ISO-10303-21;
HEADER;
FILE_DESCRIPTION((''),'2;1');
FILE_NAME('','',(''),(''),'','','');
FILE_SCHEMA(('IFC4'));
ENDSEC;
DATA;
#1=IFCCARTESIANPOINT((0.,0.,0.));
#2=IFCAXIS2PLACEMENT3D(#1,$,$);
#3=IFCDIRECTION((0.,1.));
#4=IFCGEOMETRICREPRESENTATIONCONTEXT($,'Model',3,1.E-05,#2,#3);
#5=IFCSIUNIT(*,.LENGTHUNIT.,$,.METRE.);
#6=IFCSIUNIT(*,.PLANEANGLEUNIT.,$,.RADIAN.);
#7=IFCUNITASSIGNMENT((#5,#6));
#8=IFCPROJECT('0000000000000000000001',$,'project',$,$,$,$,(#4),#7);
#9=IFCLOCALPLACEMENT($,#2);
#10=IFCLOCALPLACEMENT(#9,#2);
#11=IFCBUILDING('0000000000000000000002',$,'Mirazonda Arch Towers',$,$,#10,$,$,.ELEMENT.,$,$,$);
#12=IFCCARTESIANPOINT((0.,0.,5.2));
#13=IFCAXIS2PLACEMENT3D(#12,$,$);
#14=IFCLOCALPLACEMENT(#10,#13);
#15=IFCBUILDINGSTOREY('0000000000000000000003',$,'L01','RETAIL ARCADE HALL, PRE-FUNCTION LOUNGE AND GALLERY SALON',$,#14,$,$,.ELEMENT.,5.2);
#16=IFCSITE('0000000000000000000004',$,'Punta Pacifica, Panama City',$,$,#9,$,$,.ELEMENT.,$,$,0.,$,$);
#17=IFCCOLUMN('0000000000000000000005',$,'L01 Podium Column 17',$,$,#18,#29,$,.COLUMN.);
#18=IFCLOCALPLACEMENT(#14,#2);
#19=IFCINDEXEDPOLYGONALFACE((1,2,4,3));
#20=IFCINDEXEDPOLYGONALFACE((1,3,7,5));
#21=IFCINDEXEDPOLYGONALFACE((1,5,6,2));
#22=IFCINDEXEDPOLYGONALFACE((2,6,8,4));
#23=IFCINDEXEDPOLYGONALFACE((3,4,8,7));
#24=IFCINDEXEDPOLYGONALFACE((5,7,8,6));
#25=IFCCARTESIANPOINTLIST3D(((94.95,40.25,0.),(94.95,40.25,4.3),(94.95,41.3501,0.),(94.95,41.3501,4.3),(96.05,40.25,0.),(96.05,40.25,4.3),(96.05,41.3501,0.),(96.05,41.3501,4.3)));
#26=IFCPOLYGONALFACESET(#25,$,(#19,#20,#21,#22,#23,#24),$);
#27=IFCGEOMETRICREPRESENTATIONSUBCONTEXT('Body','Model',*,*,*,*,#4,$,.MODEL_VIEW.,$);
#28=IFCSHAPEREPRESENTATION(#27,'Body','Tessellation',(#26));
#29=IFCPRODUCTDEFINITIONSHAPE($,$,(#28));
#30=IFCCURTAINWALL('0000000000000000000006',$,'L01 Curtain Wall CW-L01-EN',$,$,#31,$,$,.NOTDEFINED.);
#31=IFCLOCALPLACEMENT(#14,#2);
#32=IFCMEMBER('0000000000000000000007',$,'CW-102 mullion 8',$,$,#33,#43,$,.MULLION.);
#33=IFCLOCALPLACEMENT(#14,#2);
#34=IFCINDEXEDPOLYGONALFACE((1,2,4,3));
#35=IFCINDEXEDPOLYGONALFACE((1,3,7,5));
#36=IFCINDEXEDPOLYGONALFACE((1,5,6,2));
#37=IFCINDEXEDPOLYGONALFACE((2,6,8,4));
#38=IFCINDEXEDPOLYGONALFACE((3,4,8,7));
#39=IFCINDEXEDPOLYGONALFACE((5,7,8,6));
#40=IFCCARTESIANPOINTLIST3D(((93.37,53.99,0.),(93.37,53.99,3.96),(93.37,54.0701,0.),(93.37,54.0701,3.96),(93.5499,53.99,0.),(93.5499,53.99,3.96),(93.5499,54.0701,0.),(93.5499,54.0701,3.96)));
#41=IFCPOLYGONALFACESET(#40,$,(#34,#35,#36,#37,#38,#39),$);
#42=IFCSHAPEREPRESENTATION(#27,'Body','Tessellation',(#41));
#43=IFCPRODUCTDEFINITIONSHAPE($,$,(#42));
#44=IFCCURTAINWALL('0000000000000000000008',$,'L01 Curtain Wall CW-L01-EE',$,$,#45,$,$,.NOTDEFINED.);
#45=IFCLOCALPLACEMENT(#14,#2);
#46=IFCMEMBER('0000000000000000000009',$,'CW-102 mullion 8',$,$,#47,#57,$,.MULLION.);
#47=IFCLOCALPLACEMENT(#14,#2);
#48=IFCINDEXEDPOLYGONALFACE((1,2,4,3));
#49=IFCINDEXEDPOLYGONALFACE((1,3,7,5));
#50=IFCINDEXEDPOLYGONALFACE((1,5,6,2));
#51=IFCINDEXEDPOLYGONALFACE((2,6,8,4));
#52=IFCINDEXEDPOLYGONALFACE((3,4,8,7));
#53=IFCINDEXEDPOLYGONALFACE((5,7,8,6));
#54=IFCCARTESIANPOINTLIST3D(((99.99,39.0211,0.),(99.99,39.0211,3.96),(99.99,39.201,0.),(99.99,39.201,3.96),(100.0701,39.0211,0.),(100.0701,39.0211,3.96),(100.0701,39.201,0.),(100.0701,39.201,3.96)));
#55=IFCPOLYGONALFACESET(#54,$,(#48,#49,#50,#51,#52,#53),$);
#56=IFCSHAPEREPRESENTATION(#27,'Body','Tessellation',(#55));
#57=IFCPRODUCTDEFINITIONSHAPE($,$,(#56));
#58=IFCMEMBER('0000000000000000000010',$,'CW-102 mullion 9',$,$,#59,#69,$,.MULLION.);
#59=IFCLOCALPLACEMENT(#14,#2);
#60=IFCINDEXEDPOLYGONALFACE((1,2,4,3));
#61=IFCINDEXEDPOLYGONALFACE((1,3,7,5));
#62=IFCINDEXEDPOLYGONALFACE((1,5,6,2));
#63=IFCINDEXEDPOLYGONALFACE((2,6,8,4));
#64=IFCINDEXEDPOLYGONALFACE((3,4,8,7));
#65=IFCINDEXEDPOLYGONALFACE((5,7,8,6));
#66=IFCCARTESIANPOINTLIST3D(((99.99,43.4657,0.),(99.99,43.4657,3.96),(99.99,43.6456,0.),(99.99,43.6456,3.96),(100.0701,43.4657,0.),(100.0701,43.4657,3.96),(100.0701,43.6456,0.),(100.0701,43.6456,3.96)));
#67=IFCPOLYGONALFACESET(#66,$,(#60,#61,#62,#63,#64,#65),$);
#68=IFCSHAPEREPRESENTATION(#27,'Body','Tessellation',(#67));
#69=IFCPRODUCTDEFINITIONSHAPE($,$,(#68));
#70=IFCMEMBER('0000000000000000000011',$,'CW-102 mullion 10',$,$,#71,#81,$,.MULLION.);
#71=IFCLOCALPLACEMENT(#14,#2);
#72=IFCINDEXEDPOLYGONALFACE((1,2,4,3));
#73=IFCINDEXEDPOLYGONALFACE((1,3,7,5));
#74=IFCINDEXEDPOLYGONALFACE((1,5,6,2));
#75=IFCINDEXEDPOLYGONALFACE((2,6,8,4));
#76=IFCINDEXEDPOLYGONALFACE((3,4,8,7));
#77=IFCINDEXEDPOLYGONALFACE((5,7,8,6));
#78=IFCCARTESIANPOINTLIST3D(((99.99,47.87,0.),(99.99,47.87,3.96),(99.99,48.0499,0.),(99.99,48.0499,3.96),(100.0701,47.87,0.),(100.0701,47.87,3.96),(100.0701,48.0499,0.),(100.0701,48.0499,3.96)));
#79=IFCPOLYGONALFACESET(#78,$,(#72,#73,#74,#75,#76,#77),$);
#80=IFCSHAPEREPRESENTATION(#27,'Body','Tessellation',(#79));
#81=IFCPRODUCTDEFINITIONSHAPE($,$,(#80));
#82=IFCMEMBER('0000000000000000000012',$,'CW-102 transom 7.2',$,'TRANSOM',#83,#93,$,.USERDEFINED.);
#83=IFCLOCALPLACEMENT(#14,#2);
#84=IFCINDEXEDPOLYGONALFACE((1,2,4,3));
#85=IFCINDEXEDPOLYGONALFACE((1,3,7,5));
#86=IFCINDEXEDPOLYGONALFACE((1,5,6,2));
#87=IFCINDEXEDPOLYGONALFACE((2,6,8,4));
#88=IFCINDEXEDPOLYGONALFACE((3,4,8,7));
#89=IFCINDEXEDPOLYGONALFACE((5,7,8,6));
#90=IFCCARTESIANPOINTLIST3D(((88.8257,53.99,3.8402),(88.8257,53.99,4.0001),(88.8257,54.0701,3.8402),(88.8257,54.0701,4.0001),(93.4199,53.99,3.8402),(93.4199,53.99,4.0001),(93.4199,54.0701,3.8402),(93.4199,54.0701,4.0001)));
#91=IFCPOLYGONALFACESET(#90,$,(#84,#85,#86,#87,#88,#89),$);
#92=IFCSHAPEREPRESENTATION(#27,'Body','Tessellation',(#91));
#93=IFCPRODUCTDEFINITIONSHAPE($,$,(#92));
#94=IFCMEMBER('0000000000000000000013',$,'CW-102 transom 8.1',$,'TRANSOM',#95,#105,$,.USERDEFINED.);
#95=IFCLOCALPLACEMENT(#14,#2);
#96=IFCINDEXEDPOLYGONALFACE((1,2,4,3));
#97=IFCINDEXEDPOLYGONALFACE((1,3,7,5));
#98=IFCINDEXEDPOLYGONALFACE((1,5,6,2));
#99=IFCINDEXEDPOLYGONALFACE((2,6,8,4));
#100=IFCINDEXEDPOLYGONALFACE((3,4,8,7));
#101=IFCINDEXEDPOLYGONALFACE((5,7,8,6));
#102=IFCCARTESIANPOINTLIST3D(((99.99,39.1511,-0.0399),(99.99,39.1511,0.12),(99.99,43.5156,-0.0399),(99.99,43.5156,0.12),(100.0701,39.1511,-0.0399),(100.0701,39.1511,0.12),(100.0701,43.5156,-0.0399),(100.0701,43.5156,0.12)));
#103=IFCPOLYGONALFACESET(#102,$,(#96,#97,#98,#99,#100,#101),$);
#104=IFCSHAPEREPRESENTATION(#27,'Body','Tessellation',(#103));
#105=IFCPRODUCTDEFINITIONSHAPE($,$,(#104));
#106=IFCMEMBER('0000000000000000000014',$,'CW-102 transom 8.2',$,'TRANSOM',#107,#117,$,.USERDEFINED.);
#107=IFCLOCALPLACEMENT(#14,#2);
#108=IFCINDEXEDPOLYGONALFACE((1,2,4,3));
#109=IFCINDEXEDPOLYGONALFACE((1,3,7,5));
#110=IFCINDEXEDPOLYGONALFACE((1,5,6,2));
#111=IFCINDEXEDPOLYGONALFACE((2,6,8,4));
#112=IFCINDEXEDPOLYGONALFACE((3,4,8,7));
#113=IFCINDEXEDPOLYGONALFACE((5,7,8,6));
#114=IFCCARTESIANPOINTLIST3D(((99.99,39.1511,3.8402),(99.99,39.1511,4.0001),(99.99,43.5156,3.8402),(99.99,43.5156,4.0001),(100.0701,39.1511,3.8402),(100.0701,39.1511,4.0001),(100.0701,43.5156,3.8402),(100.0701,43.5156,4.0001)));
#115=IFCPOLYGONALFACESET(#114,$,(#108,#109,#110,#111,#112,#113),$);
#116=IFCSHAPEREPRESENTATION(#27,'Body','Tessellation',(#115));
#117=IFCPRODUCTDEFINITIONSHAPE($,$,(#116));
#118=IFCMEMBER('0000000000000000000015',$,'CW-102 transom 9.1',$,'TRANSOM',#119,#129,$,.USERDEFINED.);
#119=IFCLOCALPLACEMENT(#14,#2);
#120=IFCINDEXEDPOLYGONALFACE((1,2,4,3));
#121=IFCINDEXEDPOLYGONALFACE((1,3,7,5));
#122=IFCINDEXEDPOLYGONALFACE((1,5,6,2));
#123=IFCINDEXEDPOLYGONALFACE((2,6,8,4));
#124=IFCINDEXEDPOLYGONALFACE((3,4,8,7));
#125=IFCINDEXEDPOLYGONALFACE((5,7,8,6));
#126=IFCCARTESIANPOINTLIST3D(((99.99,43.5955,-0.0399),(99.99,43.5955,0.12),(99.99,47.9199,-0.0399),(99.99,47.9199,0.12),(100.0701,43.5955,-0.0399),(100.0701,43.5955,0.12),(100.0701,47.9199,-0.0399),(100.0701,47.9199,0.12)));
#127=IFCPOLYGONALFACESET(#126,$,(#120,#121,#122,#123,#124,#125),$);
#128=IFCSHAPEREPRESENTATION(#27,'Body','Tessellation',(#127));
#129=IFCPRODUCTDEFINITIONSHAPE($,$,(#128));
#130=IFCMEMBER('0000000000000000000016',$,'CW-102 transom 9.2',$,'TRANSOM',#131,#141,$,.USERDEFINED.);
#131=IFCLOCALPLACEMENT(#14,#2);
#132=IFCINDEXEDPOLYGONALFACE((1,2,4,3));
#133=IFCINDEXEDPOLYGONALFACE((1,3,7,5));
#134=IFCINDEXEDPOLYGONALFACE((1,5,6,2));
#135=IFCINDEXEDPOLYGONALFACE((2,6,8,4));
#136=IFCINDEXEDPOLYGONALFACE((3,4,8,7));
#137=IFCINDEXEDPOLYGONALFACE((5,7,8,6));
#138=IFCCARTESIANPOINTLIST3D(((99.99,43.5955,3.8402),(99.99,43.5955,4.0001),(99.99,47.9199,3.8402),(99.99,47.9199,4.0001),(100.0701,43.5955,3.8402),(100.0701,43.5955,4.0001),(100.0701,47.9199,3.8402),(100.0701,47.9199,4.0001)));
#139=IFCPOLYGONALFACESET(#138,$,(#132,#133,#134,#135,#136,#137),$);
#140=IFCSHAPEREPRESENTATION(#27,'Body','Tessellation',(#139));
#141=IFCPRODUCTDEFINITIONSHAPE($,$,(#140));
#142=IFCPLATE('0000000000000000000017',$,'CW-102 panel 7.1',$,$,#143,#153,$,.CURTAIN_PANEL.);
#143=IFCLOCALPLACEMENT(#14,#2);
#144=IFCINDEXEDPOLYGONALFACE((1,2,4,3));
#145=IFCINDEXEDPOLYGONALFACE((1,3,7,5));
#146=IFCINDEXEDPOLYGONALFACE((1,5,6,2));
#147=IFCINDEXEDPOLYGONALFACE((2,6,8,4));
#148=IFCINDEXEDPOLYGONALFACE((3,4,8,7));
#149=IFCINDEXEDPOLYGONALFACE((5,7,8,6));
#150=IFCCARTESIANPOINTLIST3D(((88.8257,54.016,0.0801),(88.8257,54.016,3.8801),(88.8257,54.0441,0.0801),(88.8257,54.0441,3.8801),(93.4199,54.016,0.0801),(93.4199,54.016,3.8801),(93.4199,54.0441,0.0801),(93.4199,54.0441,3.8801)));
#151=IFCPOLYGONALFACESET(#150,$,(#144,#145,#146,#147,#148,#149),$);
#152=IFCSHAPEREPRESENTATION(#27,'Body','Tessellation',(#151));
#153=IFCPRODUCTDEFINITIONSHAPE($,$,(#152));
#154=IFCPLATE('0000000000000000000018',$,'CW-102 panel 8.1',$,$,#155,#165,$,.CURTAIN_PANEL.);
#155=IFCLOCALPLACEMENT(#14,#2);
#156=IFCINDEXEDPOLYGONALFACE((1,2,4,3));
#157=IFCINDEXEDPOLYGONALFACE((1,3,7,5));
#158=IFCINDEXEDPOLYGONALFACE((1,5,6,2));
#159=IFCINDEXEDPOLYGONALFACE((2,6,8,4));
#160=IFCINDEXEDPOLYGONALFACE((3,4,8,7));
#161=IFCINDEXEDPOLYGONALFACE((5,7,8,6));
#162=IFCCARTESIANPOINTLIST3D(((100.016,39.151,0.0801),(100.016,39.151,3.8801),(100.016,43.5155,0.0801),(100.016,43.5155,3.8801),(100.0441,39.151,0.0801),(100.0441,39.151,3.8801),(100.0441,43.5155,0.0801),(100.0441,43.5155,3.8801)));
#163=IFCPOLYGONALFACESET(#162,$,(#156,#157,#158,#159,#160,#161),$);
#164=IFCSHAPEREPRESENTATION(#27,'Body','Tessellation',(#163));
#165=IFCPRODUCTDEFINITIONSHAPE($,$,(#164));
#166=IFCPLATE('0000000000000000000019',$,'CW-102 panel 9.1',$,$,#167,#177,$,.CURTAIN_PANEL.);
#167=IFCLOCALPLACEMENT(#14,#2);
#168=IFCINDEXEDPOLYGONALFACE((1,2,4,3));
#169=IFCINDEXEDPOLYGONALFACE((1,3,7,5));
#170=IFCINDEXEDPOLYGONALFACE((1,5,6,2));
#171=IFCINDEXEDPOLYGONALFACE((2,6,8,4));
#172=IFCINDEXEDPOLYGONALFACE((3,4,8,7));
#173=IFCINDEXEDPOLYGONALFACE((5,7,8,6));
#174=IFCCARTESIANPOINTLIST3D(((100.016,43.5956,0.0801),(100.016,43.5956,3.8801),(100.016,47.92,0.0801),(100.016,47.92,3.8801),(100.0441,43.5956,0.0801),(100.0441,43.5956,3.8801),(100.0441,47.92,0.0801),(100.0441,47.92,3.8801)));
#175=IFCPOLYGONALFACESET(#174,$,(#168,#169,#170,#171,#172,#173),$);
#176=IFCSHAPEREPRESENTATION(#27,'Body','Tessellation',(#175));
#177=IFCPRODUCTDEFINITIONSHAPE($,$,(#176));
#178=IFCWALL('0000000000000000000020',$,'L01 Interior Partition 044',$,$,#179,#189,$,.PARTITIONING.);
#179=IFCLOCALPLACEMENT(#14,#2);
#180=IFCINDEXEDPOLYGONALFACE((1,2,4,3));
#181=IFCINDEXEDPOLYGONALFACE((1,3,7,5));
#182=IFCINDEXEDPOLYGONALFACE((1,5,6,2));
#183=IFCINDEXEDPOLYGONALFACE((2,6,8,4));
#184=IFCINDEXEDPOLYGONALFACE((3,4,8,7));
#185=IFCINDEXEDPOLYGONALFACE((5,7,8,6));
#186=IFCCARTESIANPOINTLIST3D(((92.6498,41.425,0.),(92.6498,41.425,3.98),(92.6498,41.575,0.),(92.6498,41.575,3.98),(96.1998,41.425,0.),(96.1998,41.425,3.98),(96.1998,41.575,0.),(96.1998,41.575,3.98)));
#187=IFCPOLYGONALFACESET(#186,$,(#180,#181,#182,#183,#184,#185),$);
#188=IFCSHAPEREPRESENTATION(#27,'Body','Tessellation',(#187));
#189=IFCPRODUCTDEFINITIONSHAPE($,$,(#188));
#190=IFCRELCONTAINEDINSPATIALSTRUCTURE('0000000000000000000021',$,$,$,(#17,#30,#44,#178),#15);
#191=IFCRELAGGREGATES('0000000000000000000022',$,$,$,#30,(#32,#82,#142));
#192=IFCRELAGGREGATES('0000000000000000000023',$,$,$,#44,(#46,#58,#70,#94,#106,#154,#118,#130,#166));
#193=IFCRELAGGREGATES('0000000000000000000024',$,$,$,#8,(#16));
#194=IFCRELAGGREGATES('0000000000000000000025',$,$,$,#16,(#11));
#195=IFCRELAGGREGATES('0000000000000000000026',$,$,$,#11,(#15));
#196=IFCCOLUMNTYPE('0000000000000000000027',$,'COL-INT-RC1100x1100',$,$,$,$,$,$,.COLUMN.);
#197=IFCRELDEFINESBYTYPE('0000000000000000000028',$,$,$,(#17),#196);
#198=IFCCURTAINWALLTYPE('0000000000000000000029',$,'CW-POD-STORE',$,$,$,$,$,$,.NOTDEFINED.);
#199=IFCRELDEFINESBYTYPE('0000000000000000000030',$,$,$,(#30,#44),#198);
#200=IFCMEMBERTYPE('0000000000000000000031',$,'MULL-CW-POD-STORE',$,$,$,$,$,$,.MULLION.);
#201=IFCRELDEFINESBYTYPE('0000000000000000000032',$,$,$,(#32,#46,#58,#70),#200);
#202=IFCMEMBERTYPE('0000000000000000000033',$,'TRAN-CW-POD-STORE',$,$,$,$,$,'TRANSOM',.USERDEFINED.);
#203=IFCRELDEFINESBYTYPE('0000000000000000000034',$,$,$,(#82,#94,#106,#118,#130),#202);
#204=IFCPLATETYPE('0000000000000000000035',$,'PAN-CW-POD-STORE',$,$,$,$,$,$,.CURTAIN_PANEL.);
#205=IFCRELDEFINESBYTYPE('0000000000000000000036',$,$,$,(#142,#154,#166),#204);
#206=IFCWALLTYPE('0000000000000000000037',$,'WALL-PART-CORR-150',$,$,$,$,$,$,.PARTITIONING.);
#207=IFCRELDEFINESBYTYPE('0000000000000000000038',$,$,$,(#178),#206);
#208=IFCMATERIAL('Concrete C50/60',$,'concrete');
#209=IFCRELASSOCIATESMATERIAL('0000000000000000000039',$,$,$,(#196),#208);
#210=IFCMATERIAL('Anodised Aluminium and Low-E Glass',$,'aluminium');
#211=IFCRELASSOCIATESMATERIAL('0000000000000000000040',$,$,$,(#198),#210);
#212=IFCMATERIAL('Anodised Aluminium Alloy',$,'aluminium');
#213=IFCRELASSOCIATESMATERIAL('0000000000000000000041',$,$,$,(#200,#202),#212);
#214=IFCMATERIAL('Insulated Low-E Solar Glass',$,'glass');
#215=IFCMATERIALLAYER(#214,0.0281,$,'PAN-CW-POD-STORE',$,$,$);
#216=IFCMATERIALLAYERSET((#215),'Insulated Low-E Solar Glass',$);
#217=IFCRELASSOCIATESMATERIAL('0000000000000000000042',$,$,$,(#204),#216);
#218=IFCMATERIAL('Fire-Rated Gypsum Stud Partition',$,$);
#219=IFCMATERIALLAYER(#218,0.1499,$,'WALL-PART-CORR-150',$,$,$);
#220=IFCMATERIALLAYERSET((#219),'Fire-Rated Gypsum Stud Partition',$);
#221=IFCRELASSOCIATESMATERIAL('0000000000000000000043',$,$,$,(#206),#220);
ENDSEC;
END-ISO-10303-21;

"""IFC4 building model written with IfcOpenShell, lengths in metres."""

from ifc_helpers import new_model, si_unit, direction, frame, frame_2d, origin, origin_2d, place, context, subcontext, project, spatial, rectangle, extrude, material, layer, layer_set, material_profile, profile_set, type_object, element, aggregate, save


model = new_model("IFC4")

# Units and contexts
model_context = context("Model", 3, precision=1e-05, world=origin(), true_north=direction((0.0, 1.0)))
body_context = subcontext(model_context, "Body", "Model", "MODEL_VIEW")
ifc_project = project(units=[si_unit("LENGTHUNIT", "METRE"), si_unit("PLANEANGLEUNIT", "RADIAN")], contexts=[model_context])

# Site, building, storey
site_placement = place(None, origin())
site = spatial("IfcSite", under=ifc_project, at=site_placement, Name="Punta Pacifica, Panama City", CompositionType="ELEMENT", RefElevation=0.0)
building_placement = place(site_placement, origin())
building = spatial("IfcBuilding", under=site, at=building_placement, Name="Mirazonda Arch Towers", CompositionType="ELEMENT")
storey_placement = place(building_placement, frame((0.0, 0.0, 5.2)))
storey = spatial("IfcBuildingStorey", under=building, at=storey_placement, Name="L01", Description="RETAIL ARCADE HALL, PRE-FUNCTION LOUNGE AND GALLERY SALON", CompositionType="ELEMENT", Elevation=5.2)

# Column
ifc_material_1 = material(Name="Concrete C50/60", Category="concrete")
ifc_material_profile_1 = material_profile(ifc_material_1, rectangle(XDim=1.1001, YDim=1.1001, at=origin_2d()), Name="RC1100x1100")
ifc_profile_set_1 = profile_set([ifc_material_profile_1], Name="Concrete C50/60")
column_type = type_object("IfcColumnType", Name="COL-INT-RC1100x1100", PredefinedType="COLUMN", material=ifc_profile_set_1)
column_placement = place(storey_placement, frame((95.5, 40.8, 0.0), z_axis=(0.0, 0.0, 1.0), x_axis=(1.0, 0.0, 0.0)))
element("IfcColumn", 1, at=column_placement, inside=storey, type_object=column_type, Name="L01 Podium Column 17", PredefinedType="COLUMN", context=body_context, shape_type="SweptSolid", body=[
    extrude(rectangle(XDim=1.1001, YDim=1.1001, at=origin_2d()), origin(), (0.0, 0.0, 1.0), 4.3),
])

# Curtain wall, member
ifc_material_2 = material(Name="Anodised Aluminium and Low-E Glass", Category="aluminium")
curtain_wall_type = type_object("IfcCurtainWallType", Name="CW-POD-STORE", PredefinedType="NOTDEFINED", material=ifc_material_2)
curtain_wall_1_placement = place(storey_placement, origin())
curtain_wall_1 = element("IfcCurtainWall", 2, at=curtain_wall_1_placement, inside=storey, type_object=curtain_wall_type, Name="L01 Curtain Wall CW-L01-EN", PredefinedType="NOTDEFINED")
ifc_material_3 = material(Name="Anodised Aluminium Alloy", Category="aluminium")
ifc_material_profile_2 = material_profile(ifc_material_3, rectangle(XDim=0.0801, YDim=0.1799, at=origin_2d()), Name="ALU-MULL-80x180")
ifc_profile_set_2 = profile_set([ifc_material_profile_2], Name="Anodised Aluminium Alloy")
member_type_1 = type_object("IfcMemberType", Name="MULL-CW-POD-STORE", PredefinedType="MULLION", material=ifc_profile_set_2)
member_1_placement = place(storey_placement, frame((93.46, 54.03, 0.0), z_axis=(0.0, 0.0, 1.0), x_axis=(0.0, 1.0, 0.0)))
member_1 = element("IfcMember", 3, at=member_1_placement, type_object=member_type_1, Name="CW-102 mullion 8", PredefinedType="MULLION", context=body_context, shape_type="SweptSolid", body=[
    extrude(rectangle(XDim=0.0801, YDim=0.1799, at=origin_2d()), origin(), (0.0, 0.0, 1.0), 3.96),
])

# Curtain wall, members
curtain_wall_2_placement = place(storey_placement, origin())
curtain_wall_2 = element("IfcCurtainWall", 4, at=curtain_wall_2_placement, inside=storey, type_object=curtain_wall_type, Name="L01 Curtain Wall CW-L01-EE", PredefinedType="NOTDEFINED")
member_2_placement = place(storey_placement, frame((100.03, 39.1111, 0.0), z_axis=(0.0, 0.0, 1.0), x_axis=(-1.0, 0.0, 0.0)))
member_2 = element("IfcMember", 5, at=member_2_placement, type_object=member_type_1, Name="CW-102 mullion 8", PredefinedType="MULLION", context=body_context, shape_type="SweptSolid", body=[
    extrude(rectangle(XDim=0.0801, YDim=0.1799, at=origin_2d()), origin(), (0.0, 0.0, 1.0), 3.96),
])
member_3_placement = place(storey_placement, frame((100.03, 43.5557, 0.0), z_axis=(0.0, 0.0, 1.0), x_axis=(-1.0, 0.0, 0.0)))
member_3 = element("IfcMember", 6, at=member_3_placement, type_object=member_type_1, Name="CW-102 mullion 9", PredefinedType="MULLION", context=body_context, shape_type="SweptSolid", body=[
    extrude(rectangle(XDim=0.0801, YDim=0.1799, at=origin_2d()), origin(), (0.0, 0.0, 1.0), 3.96),
])
member_4_placement = place(storey_placement, frame((100.03, 47.96, 0.0), z_axis=(0.0, 0.0, 1.0), x_axis=(-1.0, 0.0, 0.0)))
member_4 = element("IfcMember", 7, at=member_4_placement, type_object=member_type_1, Name="CW-102 mullion 10", PredefinedType="MULLION", context=body_context, shape_type="SweptSolid", body=[
    extrude(rectangle(XDim=0.0801, YDim=0.1799, at=origin_2d()), origin(), (0.0, 0.0, 1.0), 3.96),
])

# Members
ifc_material_profile_3 = material_profile(ifc_material_3, rectangle(XDim=0.0801, YDim=0.1599, at=origin_2d()), Name="ALU-TRAN-80x160")
ifc_profile_set_3 = profile_set([ifc_material_profile_3], Name="Anodised Aluminium Alloy")
member_type_2 = type_object("IfcMemberType", Name="TRAN-CW-POD-STORE", ElementType="TRANSOM", PredefinedType="USERDEFINED", material=ifc_profile_set_3)
member_5_placement = place(storey_placement, frame((88.8257, 54.03, 3.9202), z_axis=(1.0, 0.0, 0.0), x_axis=(0.0, 1.0, 0.0)))
member_5 = element("IfcMember", 8, at=member_5_placement, type_object=member_type_2, Name="CW-102 transom 7.2", ObjectType="TRANSOM", PredefinedType="USERDEFINED", context=body_context, shape_type="SweptSolid", body=[
    extrude(rectangle(XDim=0.0801, YDim=0.1599, at=origin_2d()), origin(), (0.0, 0.0, 1.0), 4.5942),
])
member_6_placement = place(storey_placement, frame((100.03, 39.1511, 0.04), z_axis=(0.0, 1.0, 0.0), x_axis=(-1.0, 0.0, 0.0)))
member_6 = element("IfcMember", 9, at=member_6_placement, type_object=member_type_2, Name="CW-102 transom 8.1", ObjectType="TRANSOM", PredefinedType="USERDEFINED", context=body_context, shape_type="SweptSolid", body=[
    extrude(rectangle(XDim=0.0801, YDim=0.1599, at=origin_2d()), origin(), (0.0, 0.0, 1.0), 4.3645),
])
member_7_placement = place(storey_placement, frame((100.03, 39.1511, 3.9202), z_axis=(0.0, 1.0, 0.0), x_axis=(-1.0, 0.0, 0.0)))
member_7 = element("IfcMember", 10, at=member_7_placement, type_object=member_type_2, Name="CW-102 transom 8.2", ObjectType="TRANSOM", PredefinedType="USERDEFINED", context=body_context, shape_type="SweptSolid", body=[
    extrude(rectangle(XDim=0.0801, YDim=0.1599, at=origin_2d()), origin(), (0.0, 0.0, 1.0), 4.3645),
])
member_8_placement = place(storey_placement, frame((100.03, 43.5955, 0.04), z_axis=(0.0, 1.0, 0.0), x_axis=(-1.0, 0.0, 0.0)))
member_8 = element("IfcMember", 11, at=member_8_placement, type_object=member_type_2, Name="CW-102 transom 9.1", ObjectType="TRANSOM", PredefinedType="USERDEFINED", context=body_context, shape_type="SweptSolid", body=[
    extrude(rectangle(XDim=0.0801, YDim=0.1599, at=origin_2d()), origin(), (0.0, 0.0, 1.0), 4.3245),
])
member_9_placement = place(storey_placement, frame((100.03, 43.5955, 3.9202), z_axis=(0.0, 1.0, 0.0), x_axis=(-1.0, 0.0, 0.0)))
member_9 = element("IfcMember", 12, at=member_9_placement, type_object=member_type_2, Name="CW-102 transom 9.2", ObjectType="TRANSOM", PredefinedType="USERDEFINED", context=body_context, shape_type="SweptSolid", body=[
    extrude(rectangle(XDim=0.0801, YDim=0.1599, at=origin_2d()), origin(), (0.0, 0.0, 1.0), 4.3245),
])

# Plates
ifc_material_4 = material(Name="Insulated Low-E Solar Glass", Category="glass")
ifc_layer_1 = layer(ifc_material_4, 0.0281, Name="PAN-CW-POD-STORE")
ifc_layer_set_1 = layer_set([ifc_layer_1], Name="Insulated Low-E Solar Glass")
plate_type = type_object("IfcPlateType", Name="PAN-CW-POD-STORE", PredefinedType="CURTAIN_PANEL", material=ifc_layer_set_1)
plate_1_placement = place(storey_placement, frame((91.1228, 54.03, 0.0801), z_axis=(0.0, 0.0, 1.0), x_axis=(1.0, 0.0, 0.0)))
plate_1 = element("IfcPlate", 13, at=plate_1_placement, type_object=plate_type, Name="CW-102 panel 7.1", PredefinedType="CURTAIN_PANEL", context=body_context, shape_type="SweptSolid", body=[
    extrude(rectangle(XDim=4.5942, YDim=0.0281, at=origin_2d()), origin(), (0.0, 0.0, 1.0), 3.8),
])
aggregate(curtain_wall_1, [member_1, member_5, plate_1])
plate_2_placement = place(storey_placement, frame((100.03, 41.3333, 0.0801), z_axis=(0.0, 0.0, 1.0), x_axis=(0.0, 1.0, 0.0)))
plate_2 = element("IfcPlate", 14, at=plate_2_placement, type_object=plate_type, Name="CW-102 panel 8.1", PredefinedType="CURTAIN_PANEL", context=body_context, shape_type="SweptSolid", body=[
    extrude(rectangle(XDim=4.3645, YDim=0.0281, at=origin_2d()), origin(), (0.0, 0.0, 1.0), 3.8),
])
plate_3_placement = place(storey_placement, frame((100.03, 45.7578, 0.0801), z_axis=(0.0, 0.0, 1.0), x_axis=(0.0, 1.0, 0.0)))
plate_3 = element("IfcPlate", 15, at=plate_3_placement, type_object=plate_type, Name="CW-102 panel 9.1", PredefinedType="CURTAIN_PANEL", context=body_context, shape_type="SweptSolid", body=[
    extrude(rectangle(XDim=4.3245, YDim=0.0281, at=origin_2d()), origin(), (0.0, 0.0, 1.0), 3.8),
])
aggregate(curtain_wall_2, [member_2, member_3, member_4, member_6, member_7, plate_2, member_8, member_9, plate_3])

# Wall
ifc_material_5 = material(Name="Fire-Rated Gypsum Stud Partition")
ifc_layer_2 = layer(ifc_material_5, 0.1499, Name="WALL-PART-CORR-150")
ifc_layer_set_2 = layer_set([ifc_layer_2], Name="Fire-Rated Gypsum Stud Partition")
wall_type = type_object("IfcWallType", Name="WALL-PART-CORR-150", PredefinedType="PARTITIONING", material=ifc_layer_set_2)
wall_1_placement = place(storey_placement, frame((92.6499, 41.5, 0.0), z_axis=(0.0, 0.0, 1.0), x_axis=(1.0, 0.0, 0.0)))
element("IfcWall", 16, at=wall_1_placement, inside=storey, type_object=wall_type, Name="L01 Interior Partition 044", PredefinedType="PARTITIONING", context=body_context, shape_type="SweptSolid", body=[
    extrude(rectangle(XDim=3.55, YDim=0.1499, at=frame_2d((1.7749, 0.0))), origin(), (0.0, 0.0, 1.0), 3.98),
])

save(model, "model.ifc")
